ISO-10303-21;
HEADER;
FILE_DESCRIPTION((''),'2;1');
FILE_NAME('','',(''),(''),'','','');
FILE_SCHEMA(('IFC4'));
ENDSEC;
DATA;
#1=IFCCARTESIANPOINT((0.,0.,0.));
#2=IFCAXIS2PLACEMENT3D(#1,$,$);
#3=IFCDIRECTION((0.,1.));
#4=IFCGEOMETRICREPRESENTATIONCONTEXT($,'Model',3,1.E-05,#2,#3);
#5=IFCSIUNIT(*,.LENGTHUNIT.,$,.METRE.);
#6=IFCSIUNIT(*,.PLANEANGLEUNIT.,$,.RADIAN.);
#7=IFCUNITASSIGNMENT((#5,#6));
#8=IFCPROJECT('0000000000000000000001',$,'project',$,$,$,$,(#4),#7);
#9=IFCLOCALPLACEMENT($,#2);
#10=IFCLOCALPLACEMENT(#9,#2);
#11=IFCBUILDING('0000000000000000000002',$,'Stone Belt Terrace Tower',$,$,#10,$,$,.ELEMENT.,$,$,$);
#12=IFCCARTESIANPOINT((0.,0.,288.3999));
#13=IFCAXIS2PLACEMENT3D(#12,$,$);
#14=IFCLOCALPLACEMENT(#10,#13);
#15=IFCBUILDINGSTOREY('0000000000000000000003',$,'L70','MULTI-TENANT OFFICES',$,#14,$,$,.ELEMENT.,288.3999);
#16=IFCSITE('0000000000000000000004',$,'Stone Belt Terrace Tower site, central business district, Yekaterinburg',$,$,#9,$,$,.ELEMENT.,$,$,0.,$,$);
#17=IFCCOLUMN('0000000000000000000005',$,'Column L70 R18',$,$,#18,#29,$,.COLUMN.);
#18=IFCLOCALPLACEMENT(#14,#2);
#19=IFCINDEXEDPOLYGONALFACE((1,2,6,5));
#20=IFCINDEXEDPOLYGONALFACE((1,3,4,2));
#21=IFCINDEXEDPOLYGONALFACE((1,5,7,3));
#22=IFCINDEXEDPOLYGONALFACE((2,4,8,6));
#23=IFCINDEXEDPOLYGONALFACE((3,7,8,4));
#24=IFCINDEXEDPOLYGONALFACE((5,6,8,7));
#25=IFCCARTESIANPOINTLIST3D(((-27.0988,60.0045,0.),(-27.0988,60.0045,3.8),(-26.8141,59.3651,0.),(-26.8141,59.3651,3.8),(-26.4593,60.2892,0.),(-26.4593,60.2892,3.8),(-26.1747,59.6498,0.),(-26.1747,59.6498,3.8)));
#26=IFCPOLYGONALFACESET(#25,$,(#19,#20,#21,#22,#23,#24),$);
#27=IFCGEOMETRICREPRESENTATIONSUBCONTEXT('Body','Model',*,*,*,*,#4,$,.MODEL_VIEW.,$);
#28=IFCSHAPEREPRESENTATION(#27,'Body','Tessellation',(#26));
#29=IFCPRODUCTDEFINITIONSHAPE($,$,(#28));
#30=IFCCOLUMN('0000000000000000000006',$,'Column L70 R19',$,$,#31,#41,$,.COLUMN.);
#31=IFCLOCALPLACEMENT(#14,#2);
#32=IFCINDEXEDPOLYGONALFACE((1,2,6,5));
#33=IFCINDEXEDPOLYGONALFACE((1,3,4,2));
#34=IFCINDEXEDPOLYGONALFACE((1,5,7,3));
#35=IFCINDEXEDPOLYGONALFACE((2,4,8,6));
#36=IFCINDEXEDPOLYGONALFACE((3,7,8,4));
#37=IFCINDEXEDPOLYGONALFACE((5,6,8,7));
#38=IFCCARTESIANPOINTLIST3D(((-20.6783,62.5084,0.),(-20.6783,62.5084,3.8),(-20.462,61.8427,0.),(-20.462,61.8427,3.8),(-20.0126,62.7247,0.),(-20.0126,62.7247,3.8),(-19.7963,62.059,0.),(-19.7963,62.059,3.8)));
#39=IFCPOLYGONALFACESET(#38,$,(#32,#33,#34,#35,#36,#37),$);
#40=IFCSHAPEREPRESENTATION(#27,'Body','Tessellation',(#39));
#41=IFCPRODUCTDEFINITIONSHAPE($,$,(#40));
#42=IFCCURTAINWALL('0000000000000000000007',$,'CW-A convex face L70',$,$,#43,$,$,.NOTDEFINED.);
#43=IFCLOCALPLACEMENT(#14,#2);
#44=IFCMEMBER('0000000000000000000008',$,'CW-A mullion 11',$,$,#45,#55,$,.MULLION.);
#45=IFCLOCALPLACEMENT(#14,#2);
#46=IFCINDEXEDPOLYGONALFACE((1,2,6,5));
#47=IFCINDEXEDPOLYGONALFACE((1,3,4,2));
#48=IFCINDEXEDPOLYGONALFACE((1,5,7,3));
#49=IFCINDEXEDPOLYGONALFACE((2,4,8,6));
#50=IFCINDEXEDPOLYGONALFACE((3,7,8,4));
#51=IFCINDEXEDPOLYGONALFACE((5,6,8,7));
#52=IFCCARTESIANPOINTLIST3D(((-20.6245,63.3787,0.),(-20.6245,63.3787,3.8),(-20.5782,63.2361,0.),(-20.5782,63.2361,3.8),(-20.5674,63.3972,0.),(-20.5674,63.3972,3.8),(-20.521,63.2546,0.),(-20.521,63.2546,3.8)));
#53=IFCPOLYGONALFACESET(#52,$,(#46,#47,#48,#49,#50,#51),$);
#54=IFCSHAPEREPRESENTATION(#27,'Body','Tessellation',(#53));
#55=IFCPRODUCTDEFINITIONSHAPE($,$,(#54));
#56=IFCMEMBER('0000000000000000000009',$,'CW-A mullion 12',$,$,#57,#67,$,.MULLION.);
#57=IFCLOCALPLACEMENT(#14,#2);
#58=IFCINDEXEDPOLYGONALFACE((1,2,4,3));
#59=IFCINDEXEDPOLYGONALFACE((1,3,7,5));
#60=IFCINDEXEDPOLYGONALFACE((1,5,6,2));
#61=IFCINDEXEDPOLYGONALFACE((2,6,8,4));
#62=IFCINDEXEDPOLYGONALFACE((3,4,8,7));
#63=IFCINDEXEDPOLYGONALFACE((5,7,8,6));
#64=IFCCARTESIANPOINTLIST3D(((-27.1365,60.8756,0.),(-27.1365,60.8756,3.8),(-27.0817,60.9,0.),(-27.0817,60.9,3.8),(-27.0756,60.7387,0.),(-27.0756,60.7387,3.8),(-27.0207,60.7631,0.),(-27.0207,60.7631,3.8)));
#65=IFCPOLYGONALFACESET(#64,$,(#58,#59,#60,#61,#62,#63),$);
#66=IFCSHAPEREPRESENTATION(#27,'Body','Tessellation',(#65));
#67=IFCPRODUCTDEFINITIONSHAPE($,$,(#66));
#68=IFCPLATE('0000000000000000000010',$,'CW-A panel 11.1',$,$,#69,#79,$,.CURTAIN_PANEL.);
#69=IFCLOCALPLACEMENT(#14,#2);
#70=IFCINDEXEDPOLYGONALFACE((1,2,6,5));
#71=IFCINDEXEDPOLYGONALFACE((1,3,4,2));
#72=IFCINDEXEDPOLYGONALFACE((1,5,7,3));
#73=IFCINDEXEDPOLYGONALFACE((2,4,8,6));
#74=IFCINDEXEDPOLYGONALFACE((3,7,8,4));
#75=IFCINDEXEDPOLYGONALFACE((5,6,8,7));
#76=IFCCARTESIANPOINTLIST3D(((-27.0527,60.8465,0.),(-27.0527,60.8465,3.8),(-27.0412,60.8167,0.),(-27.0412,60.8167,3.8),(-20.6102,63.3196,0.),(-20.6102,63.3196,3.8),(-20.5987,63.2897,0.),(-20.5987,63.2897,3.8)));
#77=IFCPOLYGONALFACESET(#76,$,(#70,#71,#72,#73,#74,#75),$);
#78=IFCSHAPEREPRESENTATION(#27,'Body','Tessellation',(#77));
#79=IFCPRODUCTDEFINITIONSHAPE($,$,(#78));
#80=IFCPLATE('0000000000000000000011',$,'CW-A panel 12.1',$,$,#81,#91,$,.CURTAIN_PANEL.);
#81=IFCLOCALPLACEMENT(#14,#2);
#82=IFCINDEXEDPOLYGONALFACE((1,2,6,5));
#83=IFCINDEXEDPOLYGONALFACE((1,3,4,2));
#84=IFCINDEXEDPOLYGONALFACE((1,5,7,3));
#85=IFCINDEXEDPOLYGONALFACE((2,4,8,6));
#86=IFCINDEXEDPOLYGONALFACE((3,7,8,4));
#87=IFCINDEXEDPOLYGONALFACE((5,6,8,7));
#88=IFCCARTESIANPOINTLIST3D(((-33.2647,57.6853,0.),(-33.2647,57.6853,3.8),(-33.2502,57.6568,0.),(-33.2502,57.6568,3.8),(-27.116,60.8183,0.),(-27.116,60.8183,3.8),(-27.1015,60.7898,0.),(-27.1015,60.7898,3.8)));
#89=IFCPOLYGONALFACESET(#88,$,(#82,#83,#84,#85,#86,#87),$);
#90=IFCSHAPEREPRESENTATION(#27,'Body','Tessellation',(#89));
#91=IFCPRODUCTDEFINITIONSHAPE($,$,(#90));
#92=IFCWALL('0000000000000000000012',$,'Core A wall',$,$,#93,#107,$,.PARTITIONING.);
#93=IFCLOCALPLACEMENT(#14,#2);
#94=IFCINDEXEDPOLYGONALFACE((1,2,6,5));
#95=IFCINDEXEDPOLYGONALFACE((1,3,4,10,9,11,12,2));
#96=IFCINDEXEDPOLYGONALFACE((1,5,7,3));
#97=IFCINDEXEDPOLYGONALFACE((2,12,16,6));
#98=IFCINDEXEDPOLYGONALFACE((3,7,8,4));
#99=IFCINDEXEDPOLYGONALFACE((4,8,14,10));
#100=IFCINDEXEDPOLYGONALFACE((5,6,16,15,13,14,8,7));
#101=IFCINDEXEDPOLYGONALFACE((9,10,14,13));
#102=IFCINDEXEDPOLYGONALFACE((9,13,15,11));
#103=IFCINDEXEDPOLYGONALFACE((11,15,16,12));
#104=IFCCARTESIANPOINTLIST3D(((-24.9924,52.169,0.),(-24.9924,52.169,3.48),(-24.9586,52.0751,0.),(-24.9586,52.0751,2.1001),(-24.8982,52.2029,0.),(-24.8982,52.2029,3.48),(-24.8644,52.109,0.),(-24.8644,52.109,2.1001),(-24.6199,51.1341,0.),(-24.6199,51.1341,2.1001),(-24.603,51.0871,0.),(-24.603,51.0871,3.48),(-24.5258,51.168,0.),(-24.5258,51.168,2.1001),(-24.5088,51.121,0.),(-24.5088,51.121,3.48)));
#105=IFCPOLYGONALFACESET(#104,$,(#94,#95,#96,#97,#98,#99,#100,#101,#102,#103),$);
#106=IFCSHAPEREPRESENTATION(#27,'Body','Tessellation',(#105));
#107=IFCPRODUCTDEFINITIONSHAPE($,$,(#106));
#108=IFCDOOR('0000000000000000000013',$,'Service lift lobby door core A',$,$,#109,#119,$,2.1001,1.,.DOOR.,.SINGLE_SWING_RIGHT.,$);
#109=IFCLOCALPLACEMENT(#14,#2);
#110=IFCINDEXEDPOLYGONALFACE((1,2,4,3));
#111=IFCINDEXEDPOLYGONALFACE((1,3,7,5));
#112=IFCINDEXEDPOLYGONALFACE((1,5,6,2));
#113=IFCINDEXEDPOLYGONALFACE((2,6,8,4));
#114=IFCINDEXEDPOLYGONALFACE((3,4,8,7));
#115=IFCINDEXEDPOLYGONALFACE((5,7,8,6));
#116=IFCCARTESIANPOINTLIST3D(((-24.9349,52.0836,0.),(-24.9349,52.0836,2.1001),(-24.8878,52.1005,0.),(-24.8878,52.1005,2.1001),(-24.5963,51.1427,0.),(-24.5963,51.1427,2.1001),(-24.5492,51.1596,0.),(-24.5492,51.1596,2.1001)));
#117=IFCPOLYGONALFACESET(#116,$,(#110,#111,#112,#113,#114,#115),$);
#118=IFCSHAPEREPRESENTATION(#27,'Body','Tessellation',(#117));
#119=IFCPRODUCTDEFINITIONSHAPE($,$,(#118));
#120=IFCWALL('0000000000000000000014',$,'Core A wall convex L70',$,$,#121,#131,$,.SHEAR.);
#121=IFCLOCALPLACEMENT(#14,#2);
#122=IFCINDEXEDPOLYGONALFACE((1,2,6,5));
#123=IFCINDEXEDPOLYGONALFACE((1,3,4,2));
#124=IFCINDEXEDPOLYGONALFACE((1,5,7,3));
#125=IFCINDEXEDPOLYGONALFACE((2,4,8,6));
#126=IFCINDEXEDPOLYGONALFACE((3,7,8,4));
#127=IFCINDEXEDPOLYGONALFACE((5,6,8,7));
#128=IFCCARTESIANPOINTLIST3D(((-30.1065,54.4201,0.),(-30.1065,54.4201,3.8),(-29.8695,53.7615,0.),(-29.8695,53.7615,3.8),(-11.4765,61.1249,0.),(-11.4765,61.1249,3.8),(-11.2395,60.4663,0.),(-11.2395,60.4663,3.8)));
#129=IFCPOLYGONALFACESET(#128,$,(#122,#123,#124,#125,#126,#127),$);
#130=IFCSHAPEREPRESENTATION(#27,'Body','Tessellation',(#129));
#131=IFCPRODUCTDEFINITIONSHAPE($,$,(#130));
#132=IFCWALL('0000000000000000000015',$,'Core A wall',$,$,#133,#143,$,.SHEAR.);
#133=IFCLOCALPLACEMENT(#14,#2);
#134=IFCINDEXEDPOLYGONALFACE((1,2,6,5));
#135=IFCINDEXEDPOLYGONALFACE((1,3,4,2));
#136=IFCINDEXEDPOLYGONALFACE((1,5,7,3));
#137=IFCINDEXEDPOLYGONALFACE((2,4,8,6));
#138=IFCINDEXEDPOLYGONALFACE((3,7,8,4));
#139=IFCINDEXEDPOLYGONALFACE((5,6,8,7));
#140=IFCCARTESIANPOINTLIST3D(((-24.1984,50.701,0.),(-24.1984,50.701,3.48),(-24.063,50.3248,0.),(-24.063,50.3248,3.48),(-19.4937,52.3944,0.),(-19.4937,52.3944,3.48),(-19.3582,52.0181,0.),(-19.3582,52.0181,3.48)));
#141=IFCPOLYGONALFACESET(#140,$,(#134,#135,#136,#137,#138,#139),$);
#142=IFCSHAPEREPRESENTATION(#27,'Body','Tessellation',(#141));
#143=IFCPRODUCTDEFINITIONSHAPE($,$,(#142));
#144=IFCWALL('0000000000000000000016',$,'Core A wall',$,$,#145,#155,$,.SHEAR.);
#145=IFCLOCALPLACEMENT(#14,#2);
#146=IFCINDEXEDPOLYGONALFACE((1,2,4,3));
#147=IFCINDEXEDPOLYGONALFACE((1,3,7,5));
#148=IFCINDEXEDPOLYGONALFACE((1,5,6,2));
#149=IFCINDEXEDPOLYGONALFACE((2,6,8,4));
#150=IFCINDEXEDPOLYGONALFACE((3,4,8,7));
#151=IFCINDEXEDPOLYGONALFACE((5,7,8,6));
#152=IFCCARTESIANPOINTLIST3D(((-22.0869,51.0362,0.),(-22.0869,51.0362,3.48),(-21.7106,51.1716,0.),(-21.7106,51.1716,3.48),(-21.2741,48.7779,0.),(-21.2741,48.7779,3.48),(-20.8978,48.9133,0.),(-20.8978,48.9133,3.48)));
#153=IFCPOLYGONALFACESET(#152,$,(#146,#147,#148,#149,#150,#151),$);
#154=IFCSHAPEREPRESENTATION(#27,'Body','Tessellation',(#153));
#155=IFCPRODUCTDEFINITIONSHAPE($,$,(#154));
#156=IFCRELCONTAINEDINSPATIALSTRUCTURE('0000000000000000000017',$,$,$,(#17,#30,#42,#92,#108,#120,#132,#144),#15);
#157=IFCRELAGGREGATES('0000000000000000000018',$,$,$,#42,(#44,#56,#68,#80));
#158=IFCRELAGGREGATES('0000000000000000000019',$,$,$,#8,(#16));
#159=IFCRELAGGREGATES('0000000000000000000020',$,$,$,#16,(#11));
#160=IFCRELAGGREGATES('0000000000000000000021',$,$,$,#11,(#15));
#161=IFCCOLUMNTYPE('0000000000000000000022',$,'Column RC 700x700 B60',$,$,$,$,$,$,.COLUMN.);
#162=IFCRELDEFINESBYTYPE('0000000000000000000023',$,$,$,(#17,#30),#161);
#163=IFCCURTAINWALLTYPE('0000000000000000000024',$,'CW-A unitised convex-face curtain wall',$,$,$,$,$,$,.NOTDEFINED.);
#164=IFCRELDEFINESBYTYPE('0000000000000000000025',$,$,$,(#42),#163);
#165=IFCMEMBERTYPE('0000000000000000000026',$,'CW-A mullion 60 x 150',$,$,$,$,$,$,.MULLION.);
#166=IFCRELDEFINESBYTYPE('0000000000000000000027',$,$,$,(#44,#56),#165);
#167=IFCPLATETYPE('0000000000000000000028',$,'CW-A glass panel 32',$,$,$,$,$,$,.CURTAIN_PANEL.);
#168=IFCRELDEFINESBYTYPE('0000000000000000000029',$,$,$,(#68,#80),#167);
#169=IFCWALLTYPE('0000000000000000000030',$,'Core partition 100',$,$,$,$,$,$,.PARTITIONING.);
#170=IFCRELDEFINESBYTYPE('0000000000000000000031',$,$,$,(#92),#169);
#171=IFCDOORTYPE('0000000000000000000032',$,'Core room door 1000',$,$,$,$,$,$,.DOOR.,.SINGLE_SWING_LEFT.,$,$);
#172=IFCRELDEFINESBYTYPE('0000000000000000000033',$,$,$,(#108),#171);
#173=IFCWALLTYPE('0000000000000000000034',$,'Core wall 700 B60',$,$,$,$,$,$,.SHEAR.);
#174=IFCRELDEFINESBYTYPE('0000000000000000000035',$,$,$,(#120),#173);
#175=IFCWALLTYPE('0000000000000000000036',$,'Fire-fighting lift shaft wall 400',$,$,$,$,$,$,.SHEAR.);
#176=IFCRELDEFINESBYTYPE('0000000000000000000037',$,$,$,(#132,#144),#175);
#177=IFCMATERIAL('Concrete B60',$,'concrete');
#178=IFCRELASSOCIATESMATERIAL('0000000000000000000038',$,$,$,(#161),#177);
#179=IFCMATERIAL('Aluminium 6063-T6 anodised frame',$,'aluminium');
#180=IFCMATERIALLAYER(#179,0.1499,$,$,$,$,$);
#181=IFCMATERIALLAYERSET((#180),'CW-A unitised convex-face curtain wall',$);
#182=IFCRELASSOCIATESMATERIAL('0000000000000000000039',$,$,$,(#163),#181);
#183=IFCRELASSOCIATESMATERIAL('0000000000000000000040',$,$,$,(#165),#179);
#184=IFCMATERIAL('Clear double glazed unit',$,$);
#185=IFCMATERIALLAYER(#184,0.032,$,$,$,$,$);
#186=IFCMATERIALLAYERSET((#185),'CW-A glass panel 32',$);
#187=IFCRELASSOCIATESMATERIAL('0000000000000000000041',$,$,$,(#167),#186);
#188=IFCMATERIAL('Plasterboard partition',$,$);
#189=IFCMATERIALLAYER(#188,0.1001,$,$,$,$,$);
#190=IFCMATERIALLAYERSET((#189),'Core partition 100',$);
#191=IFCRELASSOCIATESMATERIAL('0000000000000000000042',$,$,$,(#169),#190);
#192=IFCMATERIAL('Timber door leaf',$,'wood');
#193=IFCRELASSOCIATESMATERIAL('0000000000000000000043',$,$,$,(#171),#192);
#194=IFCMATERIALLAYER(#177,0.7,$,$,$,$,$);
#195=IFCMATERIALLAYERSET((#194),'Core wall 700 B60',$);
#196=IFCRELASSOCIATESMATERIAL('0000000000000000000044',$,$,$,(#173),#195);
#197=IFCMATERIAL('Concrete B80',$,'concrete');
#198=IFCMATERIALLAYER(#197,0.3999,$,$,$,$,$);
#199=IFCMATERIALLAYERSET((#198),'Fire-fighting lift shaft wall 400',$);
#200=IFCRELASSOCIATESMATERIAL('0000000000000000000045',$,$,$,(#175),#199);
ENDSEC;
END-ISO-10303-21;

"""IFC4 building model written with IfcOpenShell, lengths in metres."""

from ifc_helpers import new_model, si_unit, direction, frame, frame_2d, origin, origin_2d, place, context, subcontext, project, spatial, rectangle, extrude, material, layer, layer_set, material_profile, profile_set, type_object, element, fill, aggregate, save


model = new_model("IFC4")

# Units and contexts
model_context = context("Model", 3, precision=1e-05, world=origin(), true_north=direction((0.0, 1.0)))
body_context = subcontext(model_context, "Body", "Model", "MODEL_VIEW")
ifc_project = project(units=[si_unit("LENGTHUNIT", "METRE"), si_unit("PLANEANGLEUNIT", "RADIAN")], contexts=[model_context])

# Site, building, storey
site_placement = place(None, origin())
site = spatial("IfcSite", under=ifc_project, at=site_placement, Name="Stone Belt Terrace Tower site, central business district, Yekaterinburg", CompositionType="ELEMENT", RefElevation=0.0)
building_placement = place(site_placement, origin())
building = spatial("IfcBuilding", under=site, at=building_placement, Name="Stone Belt Terrace Tower", CompositionType="ELEMENT")
storey_placement = place(building_placement, frame((0.0, 0.0, 288.3999)))
storey = spatial("IfcBuildingStorey", under=building, at=storey_placement, Name="L70", Description="MULTI-TENANT OFFICES", CompositionType="ELEMENT", Elevation=288.3999)

# Columns
ifc_material_1 = material(Name="Concrete B60", Category="concrete")
ifc_material_profile_1 = material_profile(ifc_material_1, rectangle(XDim=0.7, YDim=0.7, at=origin_2d()), Name="RC 700x700")
ifc_profile_set_1 = profile_set([ifc_material_profile_1], Name="Concrete B60")
column_type = type_object("IfcColumnType", Name="Column RC 700x700 B60", PredefinedType="COLUMN", material=ifc_profile_set_1)
for number, where, z_axis, x_axis, name in (
    (1, (-26.6367, 59.8271, 0.0), (0.0, 0.0, 1.0), (0.913545, 0.406737, 0.0), "Column L70 R18"),
    (2, (-20.2373, 62.2837, 0.0), (0.0, 0.0, 1.0), (0.951057, 0.309017, 0.0), "Column L70 R19"),
):
    element("IfcColumn", number, at=place(storey_placement, frame(where, z_axis=z_axis, x_axis=x_axis)), inside=storey, type_object=column_type, Name=name, PredefinedType="COLUMN", context=body_context, shape_type="SweptSolid", body=[
        extrude(rectangle(XDim=0.7, YDim=0.7, at=origin_2d()), origin(), (0.0, 0.0, 1.0), 3.8),
    ])

# Curtain wall, members, plates
ifc_material_2 = material(Name="Aluminium 6063-T6 anodised frame", Category="aluminium")
ifc_layer_1 = layer(ifc_material_2, 0.1499)
ifc_layer_set_1 = layer_set([ifc_layer_1], Name="CW-A unitised convex-face curtain wall")
curtain_wall_type = type_object("IfcCurtainWallType", Name="CW-A unitised convex-face curtain wall", PredefinedType="NOTDEFINED", material=ifc_layer_set_1)
curtain_wall_placement = place(storey_placement, origin())
curtain_wall = element("IfcCurtainWall", 3, at=curtain_wall_placement, inside=storey, type_object=curtain_wall_type, Name="CW-A convex face L70", PredefinedType="NOTDEFINED")
ifc_material_profile_2 = material_profile(ifc_material_2, rectangle(XDim=0.1499, YDim=0.0601, at=origin_2d()), Name="Aluminium 6063-T6 60x150")
ifc_profile_set_2 = profile_set([ifc_material_profile_2], Name="Aluminium 6063-T6 anodised frame")
member_type = type_object("IfcMemberType", Name="CW-A mullion 60 x 150", PredefinedType="MULLION", material=ifc_profile_set_2)
member_1_placement = place(storey_placement, frame((-20.5728, 63.3167, 0.0), z_axis=(0.0, 0.0, 1.0), x_axis=(0.309017, -0.951057, 0.0)))
member_1 = element("IfcMember", 4, at=member_1_placement, type_object=member_type, Name="CW-A mullion 11", PredefinedType="MULLION", context=body_context, shape_type="SweptSolid", body=[
    extrude(rectangle(XDim=0.1499, YDim=0.0601, at=origin_2d()), origin(), (0.0, 0.0, 1.0), 3.8),
])
member_2_placement = place(storey_placement, frame((-27.0786, 60.8193, 0.0), z_axis=(0.0, 0.0, 1.0), x_axis=(0.406737, -0.913545, 0.0)))
member_2 = element("IfcMember", 5, at=member_2_placement, type_object=member_type, Name="CW-A mullion 12", PredefinedType="MULLION", context=body_context, shape_type="SweptSolid", body=[
    extrude(rectangle(XDim=0.1499, YDim=0.0601, at=origin_2d()), origin(), (0.0, 0.0, 1.0), 3.8),
])
ifc_material_3 = material(Name="Clear double glazed unit")
ifc_layer_2 = layer(ifc_material_3, 0.032)
ifc_layer_set_2 = layer_set([ifc_layer_2], Name="CW-A glass panel 32")
plate_type = type_object("IfcPlateType", Name="CW-A glass panel 32", PredefinedType="CURTAIN_PANEL", material=ifc_layer_set_2)
plate_1_placement = place(storey_placement, frame((-23.8257, 62.0681, 0.0), z_axis=(0.0, 0.0, 1.0), x_axis=(-0.93358, -0.358368, 0.0)))
plate_1 = element("IfcPlate", 6, at=plate_1_placement, type_object=plate_type, Name="CW-A panel 11.1", PredefinedType="CURTAIN_PANEL", context=body_context, shape_type="SweptSolid", body=[
    extrude(rectangle(XDim=6.9009, YDim=0.032, at=origin_2d()), origin(), (0.0, 0.0, 1.0), 3.8),
])
plate_2_placement = place(storey_placement, frame((-30.1831, 59.2375, 0.0), z_axis=(0.0, 0.0, 1.0), x_axis=(-0.891007, -0.45399, 0.0)))
plate_2 = element("IfcPlate", 7, at=plate_2_placement, type_object=plate_type, Name="CW-A panel 12.1", PredefinedType="CURTAIN_PANEL", context=body_context, shape_type="SweptSolid", body=[
    extrude(rectangle(XDim=6.9009, YDim=0.032, at=origin_2d()), origin(), (0.0, 0.0, 1.0), 3.8),
])
aggregate(curtain_wall, [member_1, member_2, plate_1, plate_2])

# Wall, opening, door
ifc_material_4 = material(Name="Plasterboard partition")
ifc_layer_3 = layer(ifc_material_4, 0.1001)
ifc_layer_set_3 = layer_set([ifc_layer_3], Name="Core partition 100")
wall_type_1 = type_object("IfcWallType", Name="Core partition 100", PredefinedType="PARTITIONING", material=ifc_layer_set_3)
wall_1_placement = place(storey_placement, frame((-24.5559, 51.104, 0.0), z_axis=(0.0, 0.0, 1.0), x_axis=(-0.338622, 0.940923, 0.0)))
wall_1 = element("IfcWall", 8, at=wall_1_placement, inside=storey, type_object=wall_type_1, Name="Core A wall", PredefinedType="PARTITIONING", context=body_context, shape_type="SweptSolid", body=[
    extrude(rectangle(XDim=1.1499, YDim=0.1001, at=frame_2d((0.575, 0.0))), origin(), (0.0, 0.0, 1.0), 3.48),
])
opening_1_placement = place(wall_1_placement, frame((0.05, 0.0, 0.0)))
opening_1 = element("IfcOpeningElement", 9, at=opening_1_placement, cuts=wall_1, PredefinedType="OPENING", context=body_context, shape_type="SweptSolid", body=[
    extrude(rectangle(XDim=1.0, YDim=2.1001, at=frame_2d((0.5, 1.05))), frame((0.0, 0.0601, 0.0), z_axis=(0.0, -1.0, 0.0), x_axis=(1.0, 0.0, 0.0)), (0.0, 0.0, 1.0), 0.1201),
])
ifc_material_5 = material(Name="Timber door leaf", Category="wood")
door_type_1 = type_object("IfcDoorType", Name="Core room door 1000", OperationType="SINGLE_SWING_LEFT", PredefinedType="DOOR", material=ifc_material_5)
door_1_placement = place(opening_1_placement, origin())
door_1 = element("IfcDoor", 10, at=door_1_placement, inside=storey, type_object=door_type_1, Name="Service lift lobby door core A", OperationType="SINGLE_SWING_RIGHT", OverallHeight=2.1001, OverallWidth=1.0, PredefinedType="DOOR", context=body_context, shape_type="SweptSolid", body=[
    extrude(rectangle(XDim=1.0, YDim=2.1001, at=frame_2d((0.5, 1.05))), frame((0.0, 0.0249, 0.0), z_axis=(0.0, -1.0, 0.0), x_axis=(1.0, 0.0, 0.0)), (0.0, 0.0, 1.0), 0.05),
])
fill(opening_1, door_1)

# Walls
ifc_layer_4 = layer(ifc_material_1, 0.7)
ifc_layer_set_4 = layer_set([ifc_layer_4], Name="Core wall 700 B60")
wall_type_2 = type_object("IfcWallType", Name="Core wall 700 B60", PredefinedType="SHEAR", material=ifc_layer_set_4)
wall_2_placement = place(storey_placement, frame((-29.988, 54.0908, 0.0), z_axis=(0.0, 0.0, 1.0), x_axis=(0.94092, 0.33863, 0.0)))
element("IfcWall", 11, at=wall_2_placement, inside=storey, type_object=wall_type_2, Name="Core A wall convex L70", PredefinedType="SHEAR", context=body_context, shape_type="SweptSolid", body=[
    extrude(rectangle(XDim=19.7998, YDim=0.7, at=frame_2d((9.8999, 0.0))), origin(), (0.0, 0.0, 1.0), 3.8),
])
ifc_material_6 = material(Name="Concrete B80", Category="concrete")
ifc_layer_5 = layer(ifc_material_6, 0.3999)
ifc_layer_set_5 = layer_set([ifc_layer_5], Name="Fire-fighting lift shaft wall 400")
wall_type_3 = type_object("IfcWallType", Name="Fire-fighting lift shaft wall 400", PredefinedType="SHEAR", material=ifc_layer_set_5)
wall_3_placement = place(storey_placement, frame((-24.1306, 50.5129, 0.0), z_axis=(0.0, 0.0, 1.0), x_axis=(0.940912, 0.338652, 0.0)))
element("IfcWall", 12, at=wall_3_placement, inside=storey, type_object=wall_type_3, Name="Core A wall", PredefinedType="SHEAR", context=body_context, shape_type="SweptSolid", body=[
    extrude(rectangle(XDim=5.0002, YDim=0.3999, at=frame_2d((2.5, 0.0))), origin(), (0.0, 0.0, 1.0), 3.48),
])
wall_4_placement = place(storey_placement, frame((-21.0859, 48.8455, 0.0), z_axis=(0.0, 0.0, 1.0), x_axis=(-0.338629, 0.94092, 0.0)))
element("IfcWall", 13, at=wall_4_placement, inside=storey, type_object=wall_type_3, Name="Core A wall", PredefinedType="SHEAR", context=body_context, shape_type="SweptSolid", body=[
    extrude(rectangle(XDim=2.4001, YDim=0.3999, at=frame_2d((1.2002, 0.0))), origin(), (0.0, 0.0, 1.0), 3.48),
])

save(model, "model.ifc")
